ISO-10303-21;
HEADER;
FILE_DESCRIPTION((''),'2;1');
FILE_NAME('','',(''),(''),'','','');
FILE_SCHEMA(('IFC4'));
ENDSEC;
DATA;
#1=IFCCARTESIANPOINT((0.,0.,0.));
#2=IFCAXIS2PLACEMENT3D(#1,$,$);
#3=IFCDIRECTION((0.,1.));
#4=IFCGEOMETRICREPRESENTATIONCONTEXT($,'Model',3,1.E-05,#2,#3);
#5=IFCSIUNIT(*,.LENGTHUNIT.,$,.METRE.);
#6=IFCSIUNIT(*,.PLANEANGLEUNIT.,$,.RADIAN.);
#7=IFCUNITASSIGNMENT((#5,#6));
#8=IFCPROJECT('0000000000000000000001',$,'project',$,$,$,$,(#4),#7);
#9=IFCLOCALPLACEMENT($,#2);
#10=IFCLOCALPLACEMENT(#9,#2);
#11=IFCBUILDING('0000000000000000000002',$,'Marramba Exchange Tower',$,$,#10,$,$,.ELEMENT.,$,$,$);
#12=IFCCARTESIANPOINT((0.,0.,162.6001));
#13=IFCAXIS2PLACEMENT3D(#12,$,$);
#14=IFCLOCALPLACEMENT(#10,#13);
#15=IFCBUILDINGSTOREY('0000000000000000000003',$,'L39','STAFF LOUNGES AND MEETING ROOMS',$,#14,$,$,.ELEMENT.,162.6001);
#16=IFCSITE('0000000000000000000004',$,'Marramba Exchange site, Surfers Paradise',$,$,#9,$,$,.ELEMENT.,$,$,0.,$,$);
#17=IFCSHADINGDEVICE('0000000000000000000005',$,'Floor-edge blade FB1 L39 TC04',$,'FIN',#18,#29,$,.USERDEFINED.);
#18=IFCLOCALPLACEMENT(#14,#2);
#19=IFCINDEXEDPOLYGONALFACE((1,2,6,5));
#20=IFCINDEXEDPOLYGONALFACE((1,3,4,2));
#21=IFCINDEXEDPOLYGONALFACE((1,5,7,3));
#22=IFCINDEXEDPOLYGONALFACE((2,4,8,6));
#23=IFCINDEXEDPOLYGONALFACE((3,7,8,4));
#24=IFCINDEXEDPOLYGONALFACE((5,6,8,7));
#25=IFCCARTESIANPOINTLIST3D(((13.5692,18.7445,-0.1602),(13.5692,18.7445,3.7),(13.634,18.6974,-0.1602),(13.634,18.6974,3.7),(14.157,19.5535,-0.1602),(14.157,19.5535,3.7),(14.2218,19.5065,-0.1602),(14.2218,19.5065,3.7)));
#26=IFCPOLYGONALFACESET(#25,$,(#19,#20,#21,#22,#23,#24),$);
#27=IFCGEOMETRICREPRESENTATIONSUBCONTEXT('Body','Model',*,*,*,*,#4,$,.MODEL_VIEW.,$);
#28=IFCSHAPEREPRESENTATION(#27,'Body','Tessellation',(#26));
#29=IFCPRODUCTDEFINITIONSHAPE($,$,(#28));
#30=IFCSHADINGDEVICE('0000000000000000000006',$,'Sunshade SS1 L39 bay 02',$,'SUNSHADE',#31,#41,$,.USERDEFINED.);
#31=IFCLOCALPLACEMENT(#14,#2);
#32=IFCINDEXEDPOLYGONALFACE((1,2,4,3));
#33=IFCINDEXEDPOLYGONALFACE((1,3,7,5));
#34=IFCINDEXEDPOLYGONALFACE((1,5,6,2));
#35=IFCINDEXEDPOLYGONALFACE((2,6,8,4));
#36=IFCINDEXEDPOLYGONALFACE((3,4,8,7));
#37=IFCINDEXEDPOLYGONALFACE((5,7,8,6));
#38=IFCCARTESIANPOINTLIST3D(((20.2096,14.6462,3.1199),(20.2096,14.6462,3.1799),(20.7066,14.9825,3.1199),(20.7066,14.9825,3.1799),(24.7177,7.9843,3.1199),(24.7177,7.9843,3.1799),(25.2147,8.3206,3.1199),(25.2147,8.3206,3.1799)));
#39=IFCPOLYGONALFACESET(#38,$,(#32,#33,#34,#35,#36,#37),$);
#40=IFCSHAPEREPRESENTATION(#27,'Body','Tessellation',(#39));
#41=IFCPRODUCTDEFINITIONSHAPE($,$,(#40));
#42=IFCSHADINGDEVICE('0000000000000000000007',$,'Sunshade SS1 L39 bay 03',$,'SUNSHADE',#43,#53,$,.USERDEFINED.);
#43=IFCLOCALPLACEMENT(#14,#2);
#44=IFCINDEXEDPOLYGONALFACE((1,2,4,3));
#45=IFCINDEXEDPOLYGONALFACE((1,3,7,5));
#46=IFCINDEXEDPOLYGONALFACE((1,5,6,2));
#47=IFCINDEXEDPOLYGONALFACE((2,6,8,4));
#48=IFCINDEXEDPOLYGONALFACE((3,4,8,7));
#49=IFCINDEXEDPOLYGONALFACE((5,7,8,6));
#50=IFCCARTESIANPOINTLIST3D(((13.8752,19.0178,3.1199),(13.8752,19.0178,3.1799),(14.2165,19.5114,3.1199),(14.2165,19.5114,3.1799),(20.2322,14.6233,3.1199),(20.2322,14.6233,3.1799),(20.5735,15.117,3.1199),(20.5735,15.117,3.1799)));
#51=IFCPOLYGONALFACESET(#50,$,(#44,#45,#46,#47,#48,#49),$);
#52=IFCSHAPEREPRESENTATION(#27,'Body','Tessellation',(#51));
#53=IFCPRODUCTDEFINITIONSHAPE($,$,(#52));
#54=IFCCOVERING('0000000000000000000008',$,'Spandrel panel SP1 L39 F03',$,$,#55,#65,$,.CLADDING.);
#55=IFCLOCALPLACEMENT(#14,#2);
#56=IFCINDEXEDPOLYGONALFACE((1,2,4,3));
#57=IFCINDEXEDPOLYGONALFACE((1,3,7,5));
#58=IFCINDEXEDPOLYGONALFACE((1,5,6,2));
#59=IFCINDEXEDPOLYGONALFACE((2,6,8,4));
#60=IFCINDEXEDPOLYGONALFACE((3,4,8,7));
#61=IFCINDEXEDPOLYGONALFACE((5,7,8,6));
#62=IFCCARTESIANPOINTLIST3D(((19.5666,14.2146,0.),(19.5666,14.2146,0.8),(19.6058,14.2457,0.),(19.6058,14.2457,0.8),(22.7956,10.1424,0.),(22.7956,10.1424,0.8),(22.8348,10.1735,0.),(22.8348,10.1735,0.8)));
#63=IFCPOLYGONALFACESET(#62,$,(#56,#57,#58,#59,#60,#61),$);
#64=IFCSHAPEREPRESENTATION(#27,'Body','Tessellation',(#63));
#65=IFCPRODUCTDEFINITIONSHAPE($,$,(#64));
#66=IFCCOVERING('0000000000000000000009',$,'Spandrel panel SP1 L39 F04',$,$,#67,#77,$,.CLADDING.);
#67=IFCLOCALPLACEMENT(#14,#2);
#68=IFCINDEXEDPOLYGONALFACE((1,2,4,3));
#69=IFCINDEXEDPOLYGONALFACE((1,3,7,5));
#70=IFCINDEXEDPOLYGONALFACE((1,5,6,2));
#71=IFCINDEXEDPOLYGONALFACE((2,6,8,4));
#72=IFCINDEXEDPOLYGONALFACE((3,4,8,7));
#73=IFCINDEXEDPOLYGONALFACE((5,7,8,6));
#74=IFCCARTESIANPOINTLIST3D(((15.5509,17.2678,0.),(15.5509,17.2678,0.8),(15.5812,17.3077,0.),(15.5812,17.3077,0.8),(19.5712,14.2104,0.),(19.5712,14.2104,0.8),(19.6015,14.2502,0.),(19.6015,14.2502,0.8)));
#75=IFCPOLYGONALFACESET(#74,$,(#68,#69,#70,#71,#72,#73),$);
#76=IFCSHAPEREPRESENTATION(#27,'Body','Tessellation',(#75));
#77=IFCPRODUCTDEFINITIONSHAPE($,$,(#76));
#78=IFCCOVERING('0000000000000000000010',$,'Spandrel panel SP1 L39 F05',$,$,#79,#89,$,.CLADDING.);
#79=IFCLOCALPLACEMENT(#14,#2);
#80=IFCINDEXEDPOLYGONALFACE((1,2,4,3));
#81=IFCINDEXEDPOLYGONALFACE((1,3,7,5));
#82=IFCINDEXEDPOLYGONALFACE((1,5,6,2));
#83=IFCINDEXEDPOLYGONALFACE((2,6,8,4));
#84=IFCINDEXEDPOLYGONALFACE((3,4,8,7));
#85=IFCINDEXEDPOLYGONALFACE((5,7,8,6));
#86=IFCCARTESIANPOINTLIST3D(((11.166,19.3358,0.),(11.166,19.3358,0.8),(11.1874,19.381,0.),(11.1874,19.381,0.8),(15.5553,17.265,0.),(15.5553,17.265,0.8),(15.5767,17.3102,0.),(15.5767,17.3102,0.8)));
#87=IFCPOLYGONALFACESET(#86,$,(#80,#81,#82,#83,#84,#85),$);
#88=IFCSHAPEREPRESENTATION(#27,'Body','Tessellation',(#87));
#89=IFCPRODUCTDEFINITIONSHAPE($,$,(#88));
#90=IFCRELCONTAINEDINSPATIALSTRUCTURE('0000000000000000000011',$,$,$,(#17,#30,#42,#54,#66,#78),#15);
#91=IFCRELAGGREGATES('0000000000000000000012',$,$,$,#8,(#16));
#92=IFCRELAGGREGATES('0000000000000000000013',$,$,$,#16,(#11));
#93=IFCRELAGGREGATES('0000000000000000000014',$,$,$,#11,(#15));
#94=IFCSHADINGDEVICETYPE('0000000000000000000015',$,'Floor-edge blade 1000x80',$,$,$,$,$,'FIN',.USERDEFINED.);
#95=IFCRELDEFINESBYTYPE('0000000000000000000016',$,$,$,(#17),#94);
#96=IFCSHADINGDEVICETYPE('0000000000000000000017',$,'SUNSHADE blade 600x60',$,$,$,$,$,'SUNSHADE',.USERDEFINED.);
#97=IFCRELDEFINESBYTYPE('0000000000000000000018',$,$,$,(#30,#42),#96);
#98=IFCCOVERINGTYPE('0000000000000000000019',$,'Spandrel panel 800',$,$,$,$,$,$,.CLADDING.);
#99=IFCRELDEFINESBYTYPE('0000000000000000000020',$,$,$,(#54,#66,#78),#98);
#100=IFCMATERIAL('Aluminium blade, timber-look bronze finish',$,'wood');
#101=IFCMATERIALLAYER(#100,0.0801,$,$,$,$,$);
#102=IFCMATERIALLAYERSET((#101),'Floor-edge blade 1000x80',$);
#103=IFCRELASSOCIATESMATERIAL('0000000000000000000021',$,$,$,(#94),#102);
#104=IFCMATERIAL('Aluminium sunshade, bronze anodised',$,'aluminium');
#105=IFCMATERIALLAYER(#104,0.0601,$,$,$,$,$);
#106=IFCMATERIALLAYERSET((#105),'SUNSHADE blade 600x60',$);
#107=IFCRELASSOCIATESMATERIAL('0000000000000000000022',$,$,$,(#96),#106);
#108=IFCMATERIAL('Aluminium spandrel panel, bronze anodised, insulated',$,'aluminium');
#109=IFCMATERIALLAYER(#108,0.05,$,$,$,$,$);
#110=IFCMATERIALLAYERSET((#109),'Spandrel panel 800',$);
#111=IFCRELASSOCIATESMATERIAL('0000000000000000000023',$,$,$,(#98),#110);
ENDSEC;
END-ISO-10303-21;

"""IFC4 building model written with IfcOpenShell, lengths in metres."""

from ifc_helpers import new_model, si_unit, direction, frame, origin, origin_2d, place, context, subcontext, project, spatial, rectangle, extrude, material, layer, layer_set, type_object, element, save


model = new_model("IFC4")

# Units and contexts
model_context = context("Model", 3, precision=1e-05, world=origin(), true_north=direction((0.0, 1.0)))
body_context = subcontext(model_context, "Body", "Model", "MODEL_VIEW")
ifc_project = project(units=[si_unit("LENGTHUNIT", "METRE"), si_unit("PLANEANGLEUNIT", "RADIAN")], contexts=[model_context])

# Site, building, storey
site_placement = place(None, origin())
site = spatial("IfcSite", under=ifc_project, at=site_placement, Name="Marramba Exchange site, Surfers Paradise", CompositionType="ELEMENT", RefElevation=0.0)
building_placement = place(site_placement, origin())
building = spatial("IfcBuilding", under=site, at=building_placement, Name="Marramba Exchange Tower", CompositionType="ELEMENT")
storey_placement = place(building_placement, frame((0.0, 0.0, 162.6001)))
storey = spatial("IfcBuildingStorey", under=building, at=storey_placement, Name="L39", Description="STAFF LOUNGES AND MEETING ROOMS", CompositionType="ELEMENT", Elevation=162.6001)

# Shading devices
ifc_material_1 = material(Name="Aluminium blade, timber-look bronze finish", Category="wood")
ifc_layer_1 = layer(ifc_material_1, 0.0801)
ifc_layer_set_1 = layer_set([ifc_layer_1], Name="Floor-edge blade 1000x80")
shading_device_type_1 = type_object("IfcShadingDeviceType", Name="Floor-edge blade 1000x80", ElementType="FIN", PredefinedType="USERDEFINED", material=ifc_layer_set_1)
for number, where, z_axis, x_axis, name in (
    (1, (13.8955, 19.1255, -0.1602), (0.0, 0.0, 1.0), (0.587785, 0.809017, 0.0), "Floor-edge blade FB1 L39 TC04"),
):
    element("IfcShadingDevice", number, at=place(storey_placement, frame(where, z_axis=z_axis, x_axis=x_axis)), inside=storey, type_object=shading_device_type_1, Name=name, ObjectType="FIN", PredefinedType="USERDEFINED", context=body_context, shape_type="SweptSolid", body=[
        extrude(rectangle(XDim=1.0, YDim=0.0801, at=origin_2d()), origin(), (0.0, 0.0, 1.0), 3.8601),
    ])
ifc_material_2 = material(Name="Aluminium sunshade, bronze anodised", Category="aluminium")
ifc_layer_2 = layer(ifc_material_2, 0.0601)
ifc_layer_set_2 = layer_set([ifc_layer_2], Name="SUNSHADE blade 600x60")
shading_device_type_2 = type_object("IfcShadingDeviceType", Name="SUNSHADE blade 600x60", ElementType="SUNSHADE", PredefinedType="USERDEFINED", material=ifc_layer_set_2)
shading_device_1_placement = place(storey_placement, frame((22.7122, 11.4834, 3.1199), z_axis=(0.0, 0.0, 1.0), x_axis=(-0.560442, 0.828194, 0.0)))
element("IfcShadingDevice", 2, at=shading_device_1_placement, inside=storey, type_object=shading_device_type_2, Name="Sunshade SS1 L39 bay 02", ObjectType="SUNSHADE", PredefinedType="USERDEFINED", context=body_context, shape_type="SweptSolid", body=[
    extrude(rectangle(XDim=8.0439, YDim=0.6001, at=origin_2d()), origin(), (0.0, 0.0, 1.0), 0.0601),
])
shading_device_2_placement = place(storey_placement, frame((17.2244, 17.0674, 3.1199), z_axis=(0.0, 0.0, 1.0), x_axis=(-0.82259, 0.568636, 0.0)))
element("IfcShadingDevice", 3, at=shading_device_2_placement, inside=storey, type_object=shading_device_type_2, Name="Sunshade SS1 L39 bay 03", ObjectType="SUNSHADE", PredefinedType="USERDEFINED", context=body_context, shape_type="SweptSolid", body=[
    extrude(rectangle(XDim=7.728, YDim=0.6001, at=origin_2d()), origin(), (0.0, 0.0, 1.0), 0.0601),
])

# Coverings
ifc_material_3 = material(Name="Aluminium spandrel panel, bronze anodised, insulated", Category="aluminium")
ifc_layer_3 = layer(ifc_material_3, 0.05)
ifc_layer_set_3 = layer_set([ifc_layer_3], Name="Spandrel panel 800")
covering_type = type_object("IfcCoveringType", Name="Spandrel panel 800", PredefinedType="CLADDING", material=ifc_layer_set_3)
covering_1_placement = place(storey_placement, frame((21.2007, 12.1941, 0.0), z_axis=(0.0, 0.0, 1.0), x_axis=(-0.621312, 0.783563, 0.0)))
element("IfcCovering", 4, at=covering_1_placement, inside=storey, type_object=covering_type, Name="Spandrel panel SP1 L39 F03", PredefinedType="CLADDING", context=body_context, shape_type="SweptSolid", body=[
    extrude(rectangle(XDim=5.197, YDim=0.05, at=origin_2d()), origin(), (0.0, 0.0, 1.0), 0.8),
])
covering_2_placement = place(storey_placement, frame((17.5762, 15.759, 0.0), z_axis=(0.0, 0.0, 1.0), x_axis=(-0.795972, 0.605334, 0.0)))
element("IfcCovering", 5, at=covering_2_placement, inside=storey, type_object=covering_type, Name="Spandrel panel SP1 L39 F04", PredefinedType="CLADDING", context=body_context, shape_type="SweptSolid", body=[
    extrude(rectangle(XDim=5.0508, YDim=0.05, at=origin_2d()), origin(), (0.0, 0.0, 1.0), 0.8),
])
covering_3_placement = place(storey_placement, frame((13.3713, 18.323, 0.0), z_axis=(0.0, 0.0, 1.0), x_axis=(-0.904403, 0.426679, 0.0)))
element("IfcCovering", 6, at=covering_3_placement, inside=storey, type_object=covering_type, Name="Spandrel panel SP1 L39 F05", PredefinedType="CLADDING", context=body_context, shape_type="SweptSolid", body=[
    extrude(rectangle(XDim=4.8533, YDim=0.05, at=origin_2d()), origin(), (0.0, 0.0, 1.0), 0.8),
])

save(model, "model.ifc")
